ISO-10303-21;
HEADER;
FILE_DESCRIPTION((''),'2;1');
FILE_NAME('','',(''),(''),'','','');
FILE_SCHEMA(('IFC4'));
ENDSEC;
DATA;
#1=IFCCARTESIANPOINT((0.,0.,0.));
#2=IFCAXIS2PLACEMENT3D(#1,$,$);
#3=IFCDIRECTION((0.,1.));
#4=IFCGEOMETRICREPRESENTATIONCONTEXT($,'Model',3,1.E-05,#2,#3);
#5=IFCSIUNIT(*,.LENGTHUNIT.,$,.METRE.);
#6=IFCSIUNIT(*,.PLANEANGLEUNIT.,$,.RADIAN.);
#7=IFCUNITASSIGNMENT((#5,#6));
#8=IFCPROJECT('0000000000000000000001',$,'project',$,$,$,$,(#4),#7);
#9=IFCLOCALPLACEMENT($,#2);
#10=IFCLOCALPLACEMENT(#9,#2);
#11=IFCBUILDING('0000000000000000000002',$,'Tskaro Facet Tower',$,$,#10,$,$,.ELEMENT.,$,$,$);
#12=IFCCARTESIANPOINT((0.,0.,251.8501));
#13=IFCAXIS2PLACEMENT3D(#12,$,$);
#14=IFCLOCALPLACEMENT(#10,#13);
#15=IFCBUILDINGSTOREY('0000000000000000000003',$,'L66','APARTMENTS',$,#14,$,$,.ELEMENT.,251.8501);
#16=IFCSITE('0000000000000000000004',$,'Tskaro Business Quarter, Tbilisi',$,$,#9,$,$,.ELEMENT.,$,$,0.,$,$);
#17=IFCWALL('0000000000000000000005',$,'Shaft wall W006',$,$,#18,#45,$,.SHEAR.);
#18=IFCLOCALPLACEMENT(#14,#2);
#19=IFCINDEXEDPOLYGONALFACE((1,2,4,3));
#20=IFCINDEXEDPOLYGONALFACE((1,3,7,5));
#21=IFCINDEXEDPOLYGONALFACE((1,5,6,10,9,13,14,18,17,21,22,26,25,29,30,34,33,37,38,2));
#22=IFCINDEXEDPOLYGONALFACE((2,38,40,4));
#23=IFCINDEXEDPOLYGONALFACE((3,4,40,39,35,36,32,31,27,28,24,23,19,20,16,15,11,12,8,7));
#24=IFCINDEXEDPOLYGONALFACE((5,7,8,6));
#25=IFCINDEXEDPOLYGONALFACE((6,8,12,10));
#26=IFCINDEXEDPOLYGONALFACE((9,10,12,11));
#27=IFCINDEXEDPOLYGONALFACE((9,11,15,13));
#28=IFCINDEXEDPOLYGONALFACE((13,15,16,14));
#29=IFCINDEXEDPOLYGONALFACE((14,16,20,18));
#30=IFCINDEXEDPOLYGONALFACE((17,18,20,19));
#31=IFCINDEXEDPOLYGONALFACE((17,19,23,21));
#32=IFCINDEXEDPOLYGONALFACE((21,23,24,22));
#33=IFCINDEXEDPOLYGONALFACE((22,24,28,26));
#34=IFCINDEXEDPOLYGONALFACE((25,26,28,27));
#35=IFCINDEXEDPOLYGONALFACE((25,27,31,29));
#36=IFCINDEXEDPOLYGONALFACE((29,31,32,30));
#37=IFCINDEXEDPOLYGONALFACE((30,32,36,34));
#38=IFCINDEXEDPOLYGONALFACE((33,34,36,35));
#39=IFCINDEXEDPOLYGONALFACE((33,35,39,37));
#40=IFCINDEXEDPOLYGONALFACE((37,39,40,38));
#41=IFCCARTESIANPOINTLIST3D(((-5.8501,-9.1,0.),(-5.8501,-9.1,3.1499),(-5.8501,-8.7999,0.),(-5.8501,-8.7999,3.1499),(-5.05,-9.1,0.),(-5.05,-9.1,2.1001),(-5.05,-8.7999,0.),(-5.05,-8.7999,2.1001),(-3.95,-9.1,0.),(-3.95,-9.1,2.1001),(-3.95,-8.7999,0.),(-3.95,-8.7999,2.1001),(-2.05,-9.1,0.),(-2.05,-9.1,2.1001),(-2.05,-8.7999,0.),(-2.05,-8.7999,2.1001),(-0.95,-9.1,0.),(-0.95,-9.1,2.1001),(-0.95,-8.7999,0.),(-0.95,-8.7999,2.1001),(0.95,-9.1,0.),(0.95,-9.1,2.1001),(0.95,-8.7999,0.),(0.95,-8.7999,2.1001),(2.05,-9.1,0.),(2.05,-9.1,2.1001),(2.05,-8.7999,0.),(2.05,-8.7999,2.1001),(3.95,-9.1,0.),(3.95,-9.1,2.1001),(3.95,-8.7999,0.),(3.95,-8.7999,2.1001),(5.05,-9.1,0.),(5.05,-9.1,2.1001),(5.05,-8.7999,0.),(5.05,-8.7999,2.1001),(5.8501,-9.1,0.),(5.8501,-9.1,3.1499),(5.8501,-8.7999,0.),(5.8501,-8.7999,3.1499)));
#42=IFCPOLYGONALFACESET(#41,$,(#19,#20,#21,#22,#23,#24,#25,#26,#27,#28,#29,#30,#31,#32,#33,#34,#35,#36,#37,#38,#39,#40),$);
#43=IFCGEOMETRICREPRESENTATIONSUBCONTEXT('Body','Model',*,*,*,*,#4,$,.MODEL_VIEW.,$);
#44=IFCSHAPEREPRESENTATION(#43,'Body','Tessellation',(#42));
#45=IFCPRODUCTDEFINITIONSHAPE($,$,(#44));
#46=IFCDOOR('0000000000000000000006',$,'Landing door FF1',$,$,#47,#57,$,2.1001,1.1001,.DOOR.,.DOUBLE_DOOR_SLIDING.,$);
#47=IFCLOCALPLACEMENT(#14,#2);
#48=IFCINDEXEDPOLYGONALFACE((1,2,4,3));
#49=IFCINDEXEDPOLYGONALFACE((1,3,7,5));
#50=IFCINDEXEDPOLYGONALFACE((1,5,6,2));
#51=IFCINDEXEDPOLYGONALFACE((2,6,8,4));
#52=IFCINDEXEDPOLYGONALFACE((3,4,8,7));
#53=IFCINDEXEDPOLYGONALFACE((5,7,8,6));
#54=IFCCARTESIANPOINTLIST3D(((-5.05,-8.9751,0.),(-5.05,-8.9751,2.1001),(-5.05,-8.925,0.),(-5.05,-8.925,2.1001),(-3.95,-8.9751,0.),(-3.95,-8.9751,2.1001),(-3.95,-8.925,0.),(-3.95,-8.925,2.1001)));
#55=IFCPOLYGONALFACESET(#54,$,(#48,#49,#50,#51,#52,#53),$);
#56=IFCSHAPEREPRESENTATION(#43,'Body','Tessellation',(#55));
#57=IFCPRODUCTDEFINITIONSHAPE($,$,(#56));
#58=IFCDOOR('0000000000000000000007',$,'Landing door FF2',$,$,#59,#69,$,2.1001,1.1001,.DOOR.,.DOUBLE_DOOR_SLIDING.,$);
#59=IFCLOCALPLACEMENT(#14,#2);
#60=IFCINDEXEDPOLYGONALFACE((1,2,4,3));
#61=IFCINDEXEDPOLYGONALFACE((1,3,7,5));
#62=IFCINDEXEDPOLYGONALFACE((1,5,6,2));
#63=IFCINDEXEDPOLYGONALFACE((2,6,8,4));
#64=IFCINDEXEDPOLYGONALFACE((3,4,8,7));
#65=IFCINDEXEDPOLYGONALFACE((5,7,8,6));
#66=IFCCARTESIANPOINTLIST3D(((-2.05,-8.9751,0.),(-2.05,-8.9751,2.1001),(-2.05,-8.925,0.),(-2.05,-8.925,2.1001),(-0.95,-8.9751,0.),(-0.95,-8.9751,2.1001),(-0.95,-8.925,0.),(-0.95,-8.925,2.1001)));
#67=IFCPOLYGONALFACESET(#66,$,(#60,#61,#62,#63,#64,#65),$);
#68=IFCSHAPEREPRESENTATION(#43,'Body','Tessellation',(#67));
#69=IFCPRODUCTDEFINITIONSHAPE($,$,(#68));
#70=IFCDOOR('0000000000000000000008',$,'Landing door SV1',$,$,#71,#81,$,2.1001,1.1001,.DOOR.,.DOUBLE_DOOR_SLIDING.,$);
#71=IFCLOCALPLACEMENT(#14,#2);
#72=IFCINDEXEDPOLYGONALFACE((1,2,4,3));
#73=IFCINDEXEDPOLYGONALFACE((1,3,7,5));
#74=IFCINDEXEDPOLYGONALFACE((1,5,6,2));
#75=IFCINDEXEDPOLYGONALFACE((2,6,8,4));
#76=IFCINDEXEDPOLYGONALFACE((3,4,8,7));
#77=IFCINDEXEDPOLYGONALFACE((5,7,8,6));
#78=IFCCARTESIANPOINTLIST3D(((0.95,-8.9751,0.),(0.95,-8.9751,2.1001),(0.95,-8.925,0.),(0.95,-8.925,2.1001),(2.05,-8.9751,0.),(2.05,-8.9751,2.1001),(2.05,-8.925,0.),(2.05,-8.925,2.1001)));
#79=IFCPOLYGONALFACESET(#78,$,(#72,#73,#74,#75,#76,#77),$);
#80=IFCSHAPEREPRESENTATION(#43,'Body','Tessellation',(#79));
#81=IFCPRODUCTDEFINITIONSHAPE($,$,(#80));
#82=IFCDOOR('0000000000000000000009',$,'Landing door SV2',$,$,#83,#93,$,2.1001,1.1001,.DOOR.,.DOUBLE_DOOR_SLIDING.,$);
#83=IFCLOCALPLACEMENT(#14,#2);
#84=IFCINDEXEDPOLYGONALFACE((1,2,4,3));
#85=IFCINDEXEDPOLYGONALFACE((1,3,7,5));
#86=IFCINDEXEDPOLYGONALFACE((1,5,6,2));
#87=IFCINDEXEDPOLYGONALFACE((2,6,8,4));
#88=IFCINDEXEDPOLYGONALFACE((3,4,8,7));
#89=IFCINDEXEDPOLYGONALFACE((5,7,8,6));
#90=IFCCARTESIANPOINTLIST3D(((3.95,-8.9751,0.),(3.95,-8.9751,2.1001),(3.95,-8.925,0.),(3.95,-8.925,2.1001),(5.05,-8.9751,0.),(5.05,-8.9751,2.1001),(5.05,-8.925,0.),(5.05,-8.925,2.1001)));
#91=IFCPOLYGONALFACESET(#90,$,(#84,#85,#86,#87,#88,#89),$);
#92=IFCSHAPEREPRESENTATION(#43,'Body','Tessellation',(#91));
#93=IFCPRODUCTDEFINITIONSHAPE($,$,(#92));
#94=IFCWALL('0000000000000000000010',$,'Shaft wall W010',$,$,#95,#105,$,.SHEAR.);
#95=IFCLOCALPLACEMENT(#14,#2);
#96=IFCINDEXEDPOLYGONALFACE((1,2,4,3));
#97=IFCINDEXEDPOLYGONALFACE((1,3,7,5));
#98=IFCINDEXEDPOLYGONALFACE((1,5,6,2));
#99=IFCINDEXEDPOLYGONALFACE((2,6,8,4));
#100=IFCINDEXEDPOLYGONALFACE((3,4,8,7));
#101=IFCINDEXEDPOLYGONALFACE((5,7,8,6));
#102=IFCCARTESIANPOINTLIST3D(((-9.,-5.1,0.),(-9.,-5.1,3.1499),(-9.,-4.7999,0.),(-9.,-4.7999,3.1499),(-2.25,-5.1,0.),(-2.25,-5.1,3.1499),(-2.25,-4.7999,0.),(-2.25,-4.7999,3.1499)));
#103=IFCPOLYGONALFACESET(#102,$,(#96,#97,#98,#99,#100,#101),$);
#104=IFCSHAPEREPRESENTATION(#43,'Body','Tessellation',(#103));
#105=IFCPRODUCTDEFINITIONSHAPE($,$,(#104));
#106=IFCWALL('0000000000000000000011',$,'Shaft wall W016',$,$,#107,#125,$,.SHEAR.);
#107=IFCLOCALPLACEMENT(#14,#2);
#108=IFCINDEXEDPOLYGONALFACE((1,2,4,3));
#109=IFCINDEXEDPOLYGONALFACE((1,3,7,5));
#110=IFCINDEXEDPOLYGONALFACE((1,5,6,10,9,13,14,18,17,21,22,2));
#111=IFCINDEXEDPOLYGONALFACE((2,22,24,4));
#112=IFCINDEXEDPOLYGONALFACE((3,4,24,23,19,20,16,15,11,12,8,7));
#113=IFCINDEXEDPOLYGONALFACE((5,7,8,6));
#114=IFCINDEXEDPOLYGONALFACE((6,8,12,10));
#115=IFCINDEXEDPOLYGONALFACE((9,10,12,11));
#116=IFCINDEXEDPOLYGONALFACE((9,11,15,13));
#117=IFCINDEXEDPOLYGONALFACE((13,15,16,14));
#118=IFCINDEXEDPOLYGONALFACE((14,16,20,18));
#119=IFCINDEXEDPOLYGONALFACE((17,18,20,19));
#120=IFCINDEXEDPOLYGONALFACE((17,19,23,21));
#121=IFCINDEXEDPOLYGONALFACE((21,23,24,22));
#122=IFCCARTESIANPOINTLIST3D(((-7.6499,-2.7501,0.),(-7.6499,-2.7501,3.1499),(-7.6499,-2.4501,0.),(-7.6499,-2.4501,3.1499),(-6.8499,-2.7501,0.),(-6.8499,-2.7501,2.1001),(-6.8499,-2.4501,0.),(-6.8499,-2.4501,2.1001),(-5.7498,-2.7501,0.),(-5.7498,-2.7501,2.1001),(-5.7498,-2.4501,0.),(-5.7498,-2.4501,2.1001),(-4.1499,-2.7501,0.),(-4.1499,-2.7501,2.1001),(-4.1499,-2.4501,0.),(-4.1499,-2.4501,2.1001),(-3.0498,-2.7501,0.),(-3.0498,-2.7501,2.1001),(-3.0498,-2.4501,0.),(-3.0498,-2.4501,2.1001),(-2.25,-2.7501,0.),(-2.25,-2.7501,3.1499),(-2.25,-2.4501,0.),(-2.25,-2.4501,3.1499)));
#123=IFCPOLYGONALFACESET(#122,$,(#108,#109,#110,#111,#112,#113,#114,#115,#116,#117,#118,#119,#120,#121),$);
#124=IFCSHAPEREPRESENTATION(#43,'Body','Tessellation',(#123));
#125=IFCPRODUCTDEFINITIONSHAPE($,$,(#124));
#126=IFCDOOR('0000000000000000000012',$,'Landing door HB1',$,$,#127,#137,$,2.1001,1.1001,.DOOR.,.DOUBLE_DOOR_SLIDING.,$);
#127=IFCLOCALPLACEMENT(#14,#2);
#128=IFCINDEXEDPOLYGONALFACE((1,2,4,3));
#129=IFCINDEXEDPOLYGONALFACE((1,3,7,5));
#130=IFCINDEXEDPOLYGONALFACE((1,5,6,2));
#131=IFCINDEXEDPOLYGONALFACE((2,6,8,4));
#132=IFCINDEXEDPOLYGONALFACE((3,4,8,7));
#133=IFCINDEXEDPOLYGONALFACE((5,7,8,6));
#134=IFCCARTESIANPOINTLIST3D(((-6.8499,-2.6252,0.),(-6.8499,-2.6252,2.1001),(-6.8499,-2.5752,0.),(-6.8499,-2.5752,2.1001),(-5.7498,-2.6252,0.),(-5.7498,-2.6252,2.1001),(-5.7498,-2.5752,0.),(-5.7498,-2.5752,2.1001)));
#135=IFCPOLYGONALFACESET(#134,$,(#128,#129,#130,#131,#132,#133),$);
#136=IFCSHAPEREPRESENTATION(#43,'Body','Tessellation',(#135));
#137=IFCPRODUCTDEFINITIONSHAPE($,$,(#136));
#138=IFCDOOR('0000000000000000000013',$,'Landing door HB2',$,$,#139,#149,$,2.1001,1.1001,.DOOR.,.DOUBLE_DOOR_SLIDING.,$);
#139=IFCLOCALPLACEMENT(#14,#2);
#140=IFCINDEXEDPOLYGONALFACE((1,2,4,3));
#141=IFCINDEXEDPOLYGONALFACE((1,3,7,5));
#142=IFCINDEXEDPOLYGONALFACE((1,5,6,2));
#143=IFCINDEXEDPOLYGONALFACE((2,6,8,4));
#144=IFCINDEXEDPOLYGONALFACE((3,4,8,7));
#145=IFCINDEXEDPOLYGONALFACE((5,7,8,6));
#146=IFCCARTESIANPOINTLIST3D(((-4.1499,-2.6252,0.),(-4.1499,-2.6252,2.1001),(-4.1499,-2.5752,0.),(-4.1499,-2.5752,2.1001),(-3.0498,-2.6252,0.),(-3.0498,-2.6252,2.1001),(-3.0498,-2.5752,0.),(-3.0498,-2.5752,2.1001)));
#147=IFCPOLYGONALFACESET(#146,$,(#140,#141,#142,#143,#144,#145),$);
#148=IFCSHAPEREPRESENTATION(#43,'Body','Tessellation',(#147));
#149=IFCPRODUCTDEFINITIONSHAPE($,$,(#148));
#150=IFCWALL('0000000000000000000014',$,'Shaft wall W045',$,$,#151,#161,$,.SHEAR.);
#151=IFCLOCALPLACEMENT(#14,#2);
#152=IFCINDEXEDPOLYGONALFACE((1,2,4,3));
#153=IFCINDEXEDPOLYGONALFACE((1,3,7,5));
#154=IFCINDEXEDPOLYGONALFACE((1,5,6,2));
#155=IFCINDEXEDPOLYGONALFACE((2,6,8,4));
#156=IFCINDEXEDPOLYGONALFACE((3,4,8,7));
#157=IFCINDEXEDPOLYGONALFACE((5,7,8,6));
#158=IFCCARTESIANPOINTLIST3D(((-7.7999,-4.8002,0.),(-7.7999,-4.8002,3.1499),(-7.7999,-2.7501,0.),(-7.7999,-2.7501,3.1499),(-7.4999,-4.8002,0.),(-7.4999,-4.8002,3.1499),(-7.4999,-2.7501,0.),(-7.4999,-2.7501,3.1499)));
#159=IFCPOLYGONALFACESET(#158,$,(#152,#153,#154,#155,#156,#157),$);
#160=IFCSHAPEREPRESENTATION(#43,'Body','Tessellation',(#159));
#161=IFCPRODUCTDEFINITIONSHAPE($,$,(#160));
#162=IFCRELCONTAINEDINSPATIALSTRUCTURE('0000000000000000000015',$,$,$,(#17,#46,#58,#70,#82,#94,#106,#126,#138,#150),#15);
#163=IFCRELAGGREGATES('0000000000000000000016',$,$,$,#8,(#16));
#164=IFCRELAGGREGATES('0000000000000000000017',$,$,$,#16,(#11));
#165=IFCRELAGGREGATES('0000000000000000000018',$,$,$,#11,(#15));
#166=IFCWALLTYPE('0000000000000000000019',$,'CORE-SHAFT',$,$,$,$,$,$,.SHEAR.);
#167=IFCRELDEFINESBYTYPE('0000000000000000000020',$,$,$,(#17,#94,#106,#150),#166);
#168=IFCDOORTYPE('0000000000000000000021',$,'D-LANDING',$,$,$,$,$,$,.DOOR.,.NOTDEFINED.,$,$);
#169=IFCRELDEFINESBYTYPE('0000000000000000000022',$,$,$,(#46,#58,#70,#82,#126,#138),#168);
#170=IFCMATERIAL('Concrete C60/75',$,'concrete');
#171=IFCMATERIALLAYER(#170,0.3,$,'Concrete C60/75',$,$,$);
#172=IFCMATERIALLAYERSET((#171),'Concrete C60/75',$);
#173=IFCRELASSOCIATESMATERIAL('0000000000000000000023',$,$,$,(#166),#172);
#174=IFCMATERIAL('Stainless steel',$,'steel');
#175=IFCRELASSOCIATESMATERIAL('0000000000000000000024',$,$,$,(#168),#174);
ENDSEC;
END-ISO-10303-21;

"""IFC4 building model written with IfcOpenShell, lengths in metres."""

from ifc_helpers import new_model, si_unit, direction, frame, frame_2d, origin, place, context, subcontext, project, spatial, rectangle, extrude, material, layer, layer_set, type_object, element, fill, save


model = new_model("IFC4")

# Units and contexts
model_context = context("Model", 3, precision=1e-05, world=origin(), true_north=direction((0.0, 1.0)))
body_context = subcontext(model_context, "Body", "Model", "MODEL_VIEW")
ifc_project = project(units=[si_unit("LENGTHUNIT", "METRE"), si_unit("PLANEANGLEUNIT", "RADIAN")], contexts=[model_context])

# Site, building, storey
site_placement = place(None, origin())
site = spatial("IfcSite", under=ifc_project, at=site_placement, Name="Tskaro Business Quarter, Tbilisi", CompositionType="ELEMENT", RefElevation=0.0)
building_placement = place(site_placement, origin())
building = spatial("IfcBuilding", under=site, at=building_placement, Name="Tskaro Facet Tower", CompositionType="ELEMENT")
storey_placement = place(building_placement, frame((0.0, 0.0, 251.8501)))
storey = spatial("IfcBuildingStorey", under=building, at=storey_placement, Name="L66", Description="APARTMENTS", CompositionType="ELEMENT", Elevation=251.8501)

# Wall, openings, doors
ifc_material_1 = material(Name="Concrete C60/75", Category="concrete")
ifc_layer_1 = layer(ifc_material_1, 0.3, Name="Concrete C60/75")
ifc_layer_set_1 = layer_set([ifc_layer_1], Name="Concrete C60/75")
wall_type_1 = type_object("IfcWallType", Name="CORE-SHAFT", PredefinedType="SHEAR", material=ifc_layer_set_1)
wall_1_placement = place(storey_placement, frame((-5.8501, -8.95, 0.0), z_axis=(0.0, 0.0, 1.0), x_axis=(1.0, 0.0, 0.0)))
wall_1 = element("IfcWall", 1, at=wall_1_placement, inside=storey, type_object=wall_type_1, Name="Shaft wall W006", PredefinedType="SHEAR", context=body_context, shape_type="SweptSolid", body=[
    extrude(rectangle(XDim=11.7002, YDim=0.3, at=frame_2d((5.8501, 0.0))), origin(), (0.0, 0.0, 1.0), 3.1499),
])
opening_1_placement = place(wall_1_placement, frame((0.8, 0.0, 0.0)))
opening_1 = element("IfcOpeningElement", 2, at=opening_1_placement, cuts=wall_1, PredefinedType="OPENING", context=body_context, shape_type="SweptSolid", body=[
    extrude(rectangle(XDim=1.1001, YDim=2.1001, at=frame_2d((0.55, 1.05))), frame((0.0, 0.1599, 0.0), z_axis=(0.0, -1.0, 0.0), x_axis=(1.0, 0.0, 0.0)), (0.0, 0.0, 1.0), 0.3201),
])
opening_2_placement = place(wall_1_placement, frame((3.8, 0.0, 0.0)))
opening_2 = element("IfcOpeningElement", 3, at=opening_2_placement, cuts=wall_1, PredefinedType="OPENING", context=body_context, shape_type="SweptSolid", body=[
    extrude(rectangle(XDim=1.1001, YDim=2.1001, at=frame_2d((0.55, 1.05))), frame((0.0, 0.1599, 0.0), z_axis=(0.0, -1.0, 0.0), x_axis=(1.0, 0.0, 0.0)), (0.0, 0.0, 1.0), 0.3201),
])
opening_3_placement = place(wall_1_placement, frame((6.8, 0.0, 0.0)))
opening_3 = element("IfcOpeningElement", 4, at=opening_3_placement, cuts=wall_1, PredefinedType="OPENING", context=body_context, shape_type="SweptSolid", body=[
    extrude(rectangle(XDim=1.1001, YDim=2.1001, at=frame_2d((0.55, 1.05))), frame((0.0, 0.1599, 0.0), z_axis=(0.0, -1.0, 0.0), x_axis=(1.0, 0.0, 0.0)), (0.0, 0.0, 1.0), 0.3201),
])
opening_4_placement = place(wall_1_placement, frame((9.8, 0.0, 0.0)))
opening_4 = element("IfcOpeningElement", 5, at=opening_4_placement, cuts=wall_1, PredefinedType="OPENING", context=body_context, shape_type="SweptSolid", body=[
    extrude(rectangle(XDim=1.1001, YDim=2.1001, at=frame_2d((0.55, 1.05))), frame((0.0, 0.1599, 0.0), z_axis=(0.0, -1.0, 0.0), x_axis=(1.0, 0.0, 0.0)), (0.0, 0.0, 1.0), 0.3201),
])
ifc_material_2 = material(Name="Stainless steel", Category="steel")
door_type_1 = type_object("IfcDoorType", Name="D-LANDING", OperationType="NOTDEFINED", PredefinedType="DOOR", material=ifc_material_2)
door_1_placement = place(opening_1_placement, origin())
door_1 = element("IfcDoor", 6, at=door_1_placement, inside=storey, type_object=door_type_1, Name="Landing door FF1", OperationType="DOUBLE_DOOR_SLIDING", OverallHeight=2.1001, OverallWidth=1.1001, PredefinedType="DOOR", context=body_context, shape_type="SweptSolid", body=[
    extrude(rectangle(XDim=1.1001, YDim=2.1001, at=frame_2d((0.55, 1.05))), frame((0.0, 0.0249, 0.0), z_axis=(0.0, -1.0, 0.0), x_axis=(1.0, 0.0, 0.0)), (0.0, 0.0, 1.0), 0.05),
])
fill(opening_1, door_1)
door_2_placement = place(opening_2_placement, origin())
door_2 = element("IfcDoor", 7, at=door_2_placement, inside=storey, type_object=door_type_1, Name="Landing door FF2", OperationType="DOUBLE_DOOR_SLIDING", OverallHeight=2.1001, OverallWidth=1.1001, PredefinedType="DOOR", context=body_context, shape_type="SweptSolid", body=[
    extrude(rectangle(XDim=1.1001, YDim=2.1001, at=frame_2d((0.55, 1.05))), frame((0.0, 0.0249, 0.0), z_axis=(0.0, -1.0, 0.0), x_axis=(1.0, 0.0, 0.0)), (0.0, 0.0, 1.0), 0.05),
])
fill(opening_2, door_2)
door_3_placement = place(opening_3_placement, origin())
door_3 = element("IfcDoor", 8, at=door_3_placement, inside=storey, type_object=door_type_1, Name="Landing door SV1", OperationType="DOUBLE_DOOR_SLIDING", OverallHeight=2.1001, OverallWidth=1.1001, PredefinedType="DOOR", context=body_context, shape_type="SweptSolid", body=[
    extrude(rectangle(XDim=1.1001, YDim=2.1001, at=frame_2d((0.55, 1.05))), frame((0.0, 0.0249, 0.0), z_axis=(0.0, -1.0, 0.0), x_axis=(1.0, 0.0, 0.0)), (0.0, 0.0, 1.0), 0.05),
])
fill(opening_3, door_3)
door_4_placement = place(opening_4_placement, origin())
door_4 = element("IfcDoor", 9, at=door_4_placement, inside=storey, type_object=door_type_1, Name="Landing door SV2", OperationType="DOUBLE_DOOR_SLIDING", OverallHeight=2.1001, OverallWidth=1.1001, PredefinedType="DOOR", context=body_context, shape_type="SweptSolid", body=[
    extrude(rectangle(XDim=1.1001, YDim=2.1001, at=frame_2d((0.55, 1.05))), frame((0.0, 0.0249, 0.0), z_axis=(0.0, -1.0, 0.0), x_axis=(1.0, 0.0, 0.0)), (0.0, 0.0, 1.0), 0.05),
])
fill(opening_4, door_4)

# Wall
wall_2_placement = place(storey_placement, frame((-9.0, -4.95, 0.0), z_axis=(0.0, 0.0, 1.0), x_axis=(1.0, 0.0, 0.0)))
element("IfcWall", 10, at=wall_2_placement, inside=storey, type_object=wall_type_1, Name="Shaft wall W010", PredefinedType="SHEAR", context=body_context, shape_type="SweptSolid", body=[
    extrude(rectangle(XDim=6.75, YDim=0.3, at=frame_2d((3.375, 0.0))), origin(), (0.0, 0.0, 1.0), 3.1499),
])

# Wall, openings, doors
wall_3_placement = place(storey_placement, frame((-7.6499, -2.6001, 0.0), z_axis=(0.0, 0.0, 1.0), x_axis=(1.0, 0.0, 0.0)))
wall_3 = element("IfcWall", 11, at=wall_3_placement, inside=storey, type_object=wall_type_1, Name="Shaft wall W016", PredefinedType="SHEAR", context=body_context, shape_type="SweptSolid", body=[
    extrude(rectangle(XDim=5.3999, YDim=0.3, at=frame_2d((2.7, 0.0))), origin(), (0.0, 0.0, 1.0), 3.1499),
])
opening_5_placement = place(wall_3_placement, frame((0.8, 0.0, 0.0)))
opening_5 = element("IfcOpeningElement", 12, at=opening_5_placement, cuts=wall_3, PredefinedType="OPENING", context=body_context, shape_type="SweptSolid", body=[
    extrude(rectangle(XDim=1.1001, YDim=2.1001, at=frame_2d((0.55, 1.05))), frame((0.0, 0.1599, 0.0), z_axis=(0.0, -1.0, 0.0), x_axis=(1.0, 0.0, 0.0)), (0.0, 0.0, 1.0), 0.3201),
])
opening_6_placement = place(wall_3_placement, frame((3.5, 0.0, 0.0)))
opening_6 = element("IfcOpeningElement", 13, at=opening_6_placement, cuts=wall_3, PredefinedType="OPENING", context=body_context, shape_type="SweptSolid", body=[
    extrude(rectangle(XDim=1.1001, YDim=2.1001, at=frame_2d((0.55, 1.05))), frame((0.0, 0.1599, 0.0), z_axis=(0.0, -1.0, 0.0), x_axis=(1.0, 0.0, 0.0)), (0.0, 0.0, 1.0), 0.3201),
])
door_5_placement = place(opening_5_placement, origin())
door_5 = element("IfcDoor", 14, at=door_5_placement, inside=storey, type_object=door_type_1, Name="Landing door HB1", OperationType="DOUBLE_DOOR_SLIDING", OverallHeight=2.1001, OverallWidth=1.1001, PredefinedType="DOOR", context=body_context, shape_type="SweptSolid", body=[
    extrude(rectangle(XDim=1.1001, YDim=2.1001, at=frame_2d((0.55, 1.05))), frame((0.0, 0.0249, 0.0), z_axis=(0.0, -1.0, 0.0), x_axis=(1.0, 0.0, 0.0)), (0.0, 0.0, 1.0), 0.05),
])
fill(opening_5, door_5)
door_6_placement = place(opening_6_placement, origin())
door_6 = element("IfcDoor", 15, at=door_6_placement, inside=storey, type_object=door_type_1, Name="Landing door HB2", OperationType="DOUBLE_DOOR_SLIDING", OverallHeight=2.1001, OverallWidth=1.1001, PredefinedType="DOOR", context=body_context, shape_type="SweptSolid", body=[
    extrude(rectangle(XDim=1.1001, YDim=2.1001, at=frame_2d((0.55, 1.05))), frame((0.0, 0.0249, 0.0), z_axis=(0.0, -1.0, 0.0), x_axis=(1.0, 0.0, 0.0)), (0.0, 0.0, 1.0), 0.05),
])
fill(opening_6, door_6)

# Wall
wall_4_placement = place(storey_placement, frame((-7.6499, -4.8, 0.0), z_axis=(0.0, 0.0, 1.0), x_axis=(0.0, 1.0, 0.0)))
element("IfcWall", 16, at=wall_4_placement, inside=storey, type_object=wall_type_1, Name="Shaft wall W045", PredefinedType="SHEAR", context=body_context, shape_type="SweptSolid", body=[
    extrude(rectangle(XDim=2.05, YDim=0.3, at=frame_2d((1.0249, 0.0))), origin(), (0.0, 0.0, 1.0), 3.1499),
])

save(model, "model.ifc")
